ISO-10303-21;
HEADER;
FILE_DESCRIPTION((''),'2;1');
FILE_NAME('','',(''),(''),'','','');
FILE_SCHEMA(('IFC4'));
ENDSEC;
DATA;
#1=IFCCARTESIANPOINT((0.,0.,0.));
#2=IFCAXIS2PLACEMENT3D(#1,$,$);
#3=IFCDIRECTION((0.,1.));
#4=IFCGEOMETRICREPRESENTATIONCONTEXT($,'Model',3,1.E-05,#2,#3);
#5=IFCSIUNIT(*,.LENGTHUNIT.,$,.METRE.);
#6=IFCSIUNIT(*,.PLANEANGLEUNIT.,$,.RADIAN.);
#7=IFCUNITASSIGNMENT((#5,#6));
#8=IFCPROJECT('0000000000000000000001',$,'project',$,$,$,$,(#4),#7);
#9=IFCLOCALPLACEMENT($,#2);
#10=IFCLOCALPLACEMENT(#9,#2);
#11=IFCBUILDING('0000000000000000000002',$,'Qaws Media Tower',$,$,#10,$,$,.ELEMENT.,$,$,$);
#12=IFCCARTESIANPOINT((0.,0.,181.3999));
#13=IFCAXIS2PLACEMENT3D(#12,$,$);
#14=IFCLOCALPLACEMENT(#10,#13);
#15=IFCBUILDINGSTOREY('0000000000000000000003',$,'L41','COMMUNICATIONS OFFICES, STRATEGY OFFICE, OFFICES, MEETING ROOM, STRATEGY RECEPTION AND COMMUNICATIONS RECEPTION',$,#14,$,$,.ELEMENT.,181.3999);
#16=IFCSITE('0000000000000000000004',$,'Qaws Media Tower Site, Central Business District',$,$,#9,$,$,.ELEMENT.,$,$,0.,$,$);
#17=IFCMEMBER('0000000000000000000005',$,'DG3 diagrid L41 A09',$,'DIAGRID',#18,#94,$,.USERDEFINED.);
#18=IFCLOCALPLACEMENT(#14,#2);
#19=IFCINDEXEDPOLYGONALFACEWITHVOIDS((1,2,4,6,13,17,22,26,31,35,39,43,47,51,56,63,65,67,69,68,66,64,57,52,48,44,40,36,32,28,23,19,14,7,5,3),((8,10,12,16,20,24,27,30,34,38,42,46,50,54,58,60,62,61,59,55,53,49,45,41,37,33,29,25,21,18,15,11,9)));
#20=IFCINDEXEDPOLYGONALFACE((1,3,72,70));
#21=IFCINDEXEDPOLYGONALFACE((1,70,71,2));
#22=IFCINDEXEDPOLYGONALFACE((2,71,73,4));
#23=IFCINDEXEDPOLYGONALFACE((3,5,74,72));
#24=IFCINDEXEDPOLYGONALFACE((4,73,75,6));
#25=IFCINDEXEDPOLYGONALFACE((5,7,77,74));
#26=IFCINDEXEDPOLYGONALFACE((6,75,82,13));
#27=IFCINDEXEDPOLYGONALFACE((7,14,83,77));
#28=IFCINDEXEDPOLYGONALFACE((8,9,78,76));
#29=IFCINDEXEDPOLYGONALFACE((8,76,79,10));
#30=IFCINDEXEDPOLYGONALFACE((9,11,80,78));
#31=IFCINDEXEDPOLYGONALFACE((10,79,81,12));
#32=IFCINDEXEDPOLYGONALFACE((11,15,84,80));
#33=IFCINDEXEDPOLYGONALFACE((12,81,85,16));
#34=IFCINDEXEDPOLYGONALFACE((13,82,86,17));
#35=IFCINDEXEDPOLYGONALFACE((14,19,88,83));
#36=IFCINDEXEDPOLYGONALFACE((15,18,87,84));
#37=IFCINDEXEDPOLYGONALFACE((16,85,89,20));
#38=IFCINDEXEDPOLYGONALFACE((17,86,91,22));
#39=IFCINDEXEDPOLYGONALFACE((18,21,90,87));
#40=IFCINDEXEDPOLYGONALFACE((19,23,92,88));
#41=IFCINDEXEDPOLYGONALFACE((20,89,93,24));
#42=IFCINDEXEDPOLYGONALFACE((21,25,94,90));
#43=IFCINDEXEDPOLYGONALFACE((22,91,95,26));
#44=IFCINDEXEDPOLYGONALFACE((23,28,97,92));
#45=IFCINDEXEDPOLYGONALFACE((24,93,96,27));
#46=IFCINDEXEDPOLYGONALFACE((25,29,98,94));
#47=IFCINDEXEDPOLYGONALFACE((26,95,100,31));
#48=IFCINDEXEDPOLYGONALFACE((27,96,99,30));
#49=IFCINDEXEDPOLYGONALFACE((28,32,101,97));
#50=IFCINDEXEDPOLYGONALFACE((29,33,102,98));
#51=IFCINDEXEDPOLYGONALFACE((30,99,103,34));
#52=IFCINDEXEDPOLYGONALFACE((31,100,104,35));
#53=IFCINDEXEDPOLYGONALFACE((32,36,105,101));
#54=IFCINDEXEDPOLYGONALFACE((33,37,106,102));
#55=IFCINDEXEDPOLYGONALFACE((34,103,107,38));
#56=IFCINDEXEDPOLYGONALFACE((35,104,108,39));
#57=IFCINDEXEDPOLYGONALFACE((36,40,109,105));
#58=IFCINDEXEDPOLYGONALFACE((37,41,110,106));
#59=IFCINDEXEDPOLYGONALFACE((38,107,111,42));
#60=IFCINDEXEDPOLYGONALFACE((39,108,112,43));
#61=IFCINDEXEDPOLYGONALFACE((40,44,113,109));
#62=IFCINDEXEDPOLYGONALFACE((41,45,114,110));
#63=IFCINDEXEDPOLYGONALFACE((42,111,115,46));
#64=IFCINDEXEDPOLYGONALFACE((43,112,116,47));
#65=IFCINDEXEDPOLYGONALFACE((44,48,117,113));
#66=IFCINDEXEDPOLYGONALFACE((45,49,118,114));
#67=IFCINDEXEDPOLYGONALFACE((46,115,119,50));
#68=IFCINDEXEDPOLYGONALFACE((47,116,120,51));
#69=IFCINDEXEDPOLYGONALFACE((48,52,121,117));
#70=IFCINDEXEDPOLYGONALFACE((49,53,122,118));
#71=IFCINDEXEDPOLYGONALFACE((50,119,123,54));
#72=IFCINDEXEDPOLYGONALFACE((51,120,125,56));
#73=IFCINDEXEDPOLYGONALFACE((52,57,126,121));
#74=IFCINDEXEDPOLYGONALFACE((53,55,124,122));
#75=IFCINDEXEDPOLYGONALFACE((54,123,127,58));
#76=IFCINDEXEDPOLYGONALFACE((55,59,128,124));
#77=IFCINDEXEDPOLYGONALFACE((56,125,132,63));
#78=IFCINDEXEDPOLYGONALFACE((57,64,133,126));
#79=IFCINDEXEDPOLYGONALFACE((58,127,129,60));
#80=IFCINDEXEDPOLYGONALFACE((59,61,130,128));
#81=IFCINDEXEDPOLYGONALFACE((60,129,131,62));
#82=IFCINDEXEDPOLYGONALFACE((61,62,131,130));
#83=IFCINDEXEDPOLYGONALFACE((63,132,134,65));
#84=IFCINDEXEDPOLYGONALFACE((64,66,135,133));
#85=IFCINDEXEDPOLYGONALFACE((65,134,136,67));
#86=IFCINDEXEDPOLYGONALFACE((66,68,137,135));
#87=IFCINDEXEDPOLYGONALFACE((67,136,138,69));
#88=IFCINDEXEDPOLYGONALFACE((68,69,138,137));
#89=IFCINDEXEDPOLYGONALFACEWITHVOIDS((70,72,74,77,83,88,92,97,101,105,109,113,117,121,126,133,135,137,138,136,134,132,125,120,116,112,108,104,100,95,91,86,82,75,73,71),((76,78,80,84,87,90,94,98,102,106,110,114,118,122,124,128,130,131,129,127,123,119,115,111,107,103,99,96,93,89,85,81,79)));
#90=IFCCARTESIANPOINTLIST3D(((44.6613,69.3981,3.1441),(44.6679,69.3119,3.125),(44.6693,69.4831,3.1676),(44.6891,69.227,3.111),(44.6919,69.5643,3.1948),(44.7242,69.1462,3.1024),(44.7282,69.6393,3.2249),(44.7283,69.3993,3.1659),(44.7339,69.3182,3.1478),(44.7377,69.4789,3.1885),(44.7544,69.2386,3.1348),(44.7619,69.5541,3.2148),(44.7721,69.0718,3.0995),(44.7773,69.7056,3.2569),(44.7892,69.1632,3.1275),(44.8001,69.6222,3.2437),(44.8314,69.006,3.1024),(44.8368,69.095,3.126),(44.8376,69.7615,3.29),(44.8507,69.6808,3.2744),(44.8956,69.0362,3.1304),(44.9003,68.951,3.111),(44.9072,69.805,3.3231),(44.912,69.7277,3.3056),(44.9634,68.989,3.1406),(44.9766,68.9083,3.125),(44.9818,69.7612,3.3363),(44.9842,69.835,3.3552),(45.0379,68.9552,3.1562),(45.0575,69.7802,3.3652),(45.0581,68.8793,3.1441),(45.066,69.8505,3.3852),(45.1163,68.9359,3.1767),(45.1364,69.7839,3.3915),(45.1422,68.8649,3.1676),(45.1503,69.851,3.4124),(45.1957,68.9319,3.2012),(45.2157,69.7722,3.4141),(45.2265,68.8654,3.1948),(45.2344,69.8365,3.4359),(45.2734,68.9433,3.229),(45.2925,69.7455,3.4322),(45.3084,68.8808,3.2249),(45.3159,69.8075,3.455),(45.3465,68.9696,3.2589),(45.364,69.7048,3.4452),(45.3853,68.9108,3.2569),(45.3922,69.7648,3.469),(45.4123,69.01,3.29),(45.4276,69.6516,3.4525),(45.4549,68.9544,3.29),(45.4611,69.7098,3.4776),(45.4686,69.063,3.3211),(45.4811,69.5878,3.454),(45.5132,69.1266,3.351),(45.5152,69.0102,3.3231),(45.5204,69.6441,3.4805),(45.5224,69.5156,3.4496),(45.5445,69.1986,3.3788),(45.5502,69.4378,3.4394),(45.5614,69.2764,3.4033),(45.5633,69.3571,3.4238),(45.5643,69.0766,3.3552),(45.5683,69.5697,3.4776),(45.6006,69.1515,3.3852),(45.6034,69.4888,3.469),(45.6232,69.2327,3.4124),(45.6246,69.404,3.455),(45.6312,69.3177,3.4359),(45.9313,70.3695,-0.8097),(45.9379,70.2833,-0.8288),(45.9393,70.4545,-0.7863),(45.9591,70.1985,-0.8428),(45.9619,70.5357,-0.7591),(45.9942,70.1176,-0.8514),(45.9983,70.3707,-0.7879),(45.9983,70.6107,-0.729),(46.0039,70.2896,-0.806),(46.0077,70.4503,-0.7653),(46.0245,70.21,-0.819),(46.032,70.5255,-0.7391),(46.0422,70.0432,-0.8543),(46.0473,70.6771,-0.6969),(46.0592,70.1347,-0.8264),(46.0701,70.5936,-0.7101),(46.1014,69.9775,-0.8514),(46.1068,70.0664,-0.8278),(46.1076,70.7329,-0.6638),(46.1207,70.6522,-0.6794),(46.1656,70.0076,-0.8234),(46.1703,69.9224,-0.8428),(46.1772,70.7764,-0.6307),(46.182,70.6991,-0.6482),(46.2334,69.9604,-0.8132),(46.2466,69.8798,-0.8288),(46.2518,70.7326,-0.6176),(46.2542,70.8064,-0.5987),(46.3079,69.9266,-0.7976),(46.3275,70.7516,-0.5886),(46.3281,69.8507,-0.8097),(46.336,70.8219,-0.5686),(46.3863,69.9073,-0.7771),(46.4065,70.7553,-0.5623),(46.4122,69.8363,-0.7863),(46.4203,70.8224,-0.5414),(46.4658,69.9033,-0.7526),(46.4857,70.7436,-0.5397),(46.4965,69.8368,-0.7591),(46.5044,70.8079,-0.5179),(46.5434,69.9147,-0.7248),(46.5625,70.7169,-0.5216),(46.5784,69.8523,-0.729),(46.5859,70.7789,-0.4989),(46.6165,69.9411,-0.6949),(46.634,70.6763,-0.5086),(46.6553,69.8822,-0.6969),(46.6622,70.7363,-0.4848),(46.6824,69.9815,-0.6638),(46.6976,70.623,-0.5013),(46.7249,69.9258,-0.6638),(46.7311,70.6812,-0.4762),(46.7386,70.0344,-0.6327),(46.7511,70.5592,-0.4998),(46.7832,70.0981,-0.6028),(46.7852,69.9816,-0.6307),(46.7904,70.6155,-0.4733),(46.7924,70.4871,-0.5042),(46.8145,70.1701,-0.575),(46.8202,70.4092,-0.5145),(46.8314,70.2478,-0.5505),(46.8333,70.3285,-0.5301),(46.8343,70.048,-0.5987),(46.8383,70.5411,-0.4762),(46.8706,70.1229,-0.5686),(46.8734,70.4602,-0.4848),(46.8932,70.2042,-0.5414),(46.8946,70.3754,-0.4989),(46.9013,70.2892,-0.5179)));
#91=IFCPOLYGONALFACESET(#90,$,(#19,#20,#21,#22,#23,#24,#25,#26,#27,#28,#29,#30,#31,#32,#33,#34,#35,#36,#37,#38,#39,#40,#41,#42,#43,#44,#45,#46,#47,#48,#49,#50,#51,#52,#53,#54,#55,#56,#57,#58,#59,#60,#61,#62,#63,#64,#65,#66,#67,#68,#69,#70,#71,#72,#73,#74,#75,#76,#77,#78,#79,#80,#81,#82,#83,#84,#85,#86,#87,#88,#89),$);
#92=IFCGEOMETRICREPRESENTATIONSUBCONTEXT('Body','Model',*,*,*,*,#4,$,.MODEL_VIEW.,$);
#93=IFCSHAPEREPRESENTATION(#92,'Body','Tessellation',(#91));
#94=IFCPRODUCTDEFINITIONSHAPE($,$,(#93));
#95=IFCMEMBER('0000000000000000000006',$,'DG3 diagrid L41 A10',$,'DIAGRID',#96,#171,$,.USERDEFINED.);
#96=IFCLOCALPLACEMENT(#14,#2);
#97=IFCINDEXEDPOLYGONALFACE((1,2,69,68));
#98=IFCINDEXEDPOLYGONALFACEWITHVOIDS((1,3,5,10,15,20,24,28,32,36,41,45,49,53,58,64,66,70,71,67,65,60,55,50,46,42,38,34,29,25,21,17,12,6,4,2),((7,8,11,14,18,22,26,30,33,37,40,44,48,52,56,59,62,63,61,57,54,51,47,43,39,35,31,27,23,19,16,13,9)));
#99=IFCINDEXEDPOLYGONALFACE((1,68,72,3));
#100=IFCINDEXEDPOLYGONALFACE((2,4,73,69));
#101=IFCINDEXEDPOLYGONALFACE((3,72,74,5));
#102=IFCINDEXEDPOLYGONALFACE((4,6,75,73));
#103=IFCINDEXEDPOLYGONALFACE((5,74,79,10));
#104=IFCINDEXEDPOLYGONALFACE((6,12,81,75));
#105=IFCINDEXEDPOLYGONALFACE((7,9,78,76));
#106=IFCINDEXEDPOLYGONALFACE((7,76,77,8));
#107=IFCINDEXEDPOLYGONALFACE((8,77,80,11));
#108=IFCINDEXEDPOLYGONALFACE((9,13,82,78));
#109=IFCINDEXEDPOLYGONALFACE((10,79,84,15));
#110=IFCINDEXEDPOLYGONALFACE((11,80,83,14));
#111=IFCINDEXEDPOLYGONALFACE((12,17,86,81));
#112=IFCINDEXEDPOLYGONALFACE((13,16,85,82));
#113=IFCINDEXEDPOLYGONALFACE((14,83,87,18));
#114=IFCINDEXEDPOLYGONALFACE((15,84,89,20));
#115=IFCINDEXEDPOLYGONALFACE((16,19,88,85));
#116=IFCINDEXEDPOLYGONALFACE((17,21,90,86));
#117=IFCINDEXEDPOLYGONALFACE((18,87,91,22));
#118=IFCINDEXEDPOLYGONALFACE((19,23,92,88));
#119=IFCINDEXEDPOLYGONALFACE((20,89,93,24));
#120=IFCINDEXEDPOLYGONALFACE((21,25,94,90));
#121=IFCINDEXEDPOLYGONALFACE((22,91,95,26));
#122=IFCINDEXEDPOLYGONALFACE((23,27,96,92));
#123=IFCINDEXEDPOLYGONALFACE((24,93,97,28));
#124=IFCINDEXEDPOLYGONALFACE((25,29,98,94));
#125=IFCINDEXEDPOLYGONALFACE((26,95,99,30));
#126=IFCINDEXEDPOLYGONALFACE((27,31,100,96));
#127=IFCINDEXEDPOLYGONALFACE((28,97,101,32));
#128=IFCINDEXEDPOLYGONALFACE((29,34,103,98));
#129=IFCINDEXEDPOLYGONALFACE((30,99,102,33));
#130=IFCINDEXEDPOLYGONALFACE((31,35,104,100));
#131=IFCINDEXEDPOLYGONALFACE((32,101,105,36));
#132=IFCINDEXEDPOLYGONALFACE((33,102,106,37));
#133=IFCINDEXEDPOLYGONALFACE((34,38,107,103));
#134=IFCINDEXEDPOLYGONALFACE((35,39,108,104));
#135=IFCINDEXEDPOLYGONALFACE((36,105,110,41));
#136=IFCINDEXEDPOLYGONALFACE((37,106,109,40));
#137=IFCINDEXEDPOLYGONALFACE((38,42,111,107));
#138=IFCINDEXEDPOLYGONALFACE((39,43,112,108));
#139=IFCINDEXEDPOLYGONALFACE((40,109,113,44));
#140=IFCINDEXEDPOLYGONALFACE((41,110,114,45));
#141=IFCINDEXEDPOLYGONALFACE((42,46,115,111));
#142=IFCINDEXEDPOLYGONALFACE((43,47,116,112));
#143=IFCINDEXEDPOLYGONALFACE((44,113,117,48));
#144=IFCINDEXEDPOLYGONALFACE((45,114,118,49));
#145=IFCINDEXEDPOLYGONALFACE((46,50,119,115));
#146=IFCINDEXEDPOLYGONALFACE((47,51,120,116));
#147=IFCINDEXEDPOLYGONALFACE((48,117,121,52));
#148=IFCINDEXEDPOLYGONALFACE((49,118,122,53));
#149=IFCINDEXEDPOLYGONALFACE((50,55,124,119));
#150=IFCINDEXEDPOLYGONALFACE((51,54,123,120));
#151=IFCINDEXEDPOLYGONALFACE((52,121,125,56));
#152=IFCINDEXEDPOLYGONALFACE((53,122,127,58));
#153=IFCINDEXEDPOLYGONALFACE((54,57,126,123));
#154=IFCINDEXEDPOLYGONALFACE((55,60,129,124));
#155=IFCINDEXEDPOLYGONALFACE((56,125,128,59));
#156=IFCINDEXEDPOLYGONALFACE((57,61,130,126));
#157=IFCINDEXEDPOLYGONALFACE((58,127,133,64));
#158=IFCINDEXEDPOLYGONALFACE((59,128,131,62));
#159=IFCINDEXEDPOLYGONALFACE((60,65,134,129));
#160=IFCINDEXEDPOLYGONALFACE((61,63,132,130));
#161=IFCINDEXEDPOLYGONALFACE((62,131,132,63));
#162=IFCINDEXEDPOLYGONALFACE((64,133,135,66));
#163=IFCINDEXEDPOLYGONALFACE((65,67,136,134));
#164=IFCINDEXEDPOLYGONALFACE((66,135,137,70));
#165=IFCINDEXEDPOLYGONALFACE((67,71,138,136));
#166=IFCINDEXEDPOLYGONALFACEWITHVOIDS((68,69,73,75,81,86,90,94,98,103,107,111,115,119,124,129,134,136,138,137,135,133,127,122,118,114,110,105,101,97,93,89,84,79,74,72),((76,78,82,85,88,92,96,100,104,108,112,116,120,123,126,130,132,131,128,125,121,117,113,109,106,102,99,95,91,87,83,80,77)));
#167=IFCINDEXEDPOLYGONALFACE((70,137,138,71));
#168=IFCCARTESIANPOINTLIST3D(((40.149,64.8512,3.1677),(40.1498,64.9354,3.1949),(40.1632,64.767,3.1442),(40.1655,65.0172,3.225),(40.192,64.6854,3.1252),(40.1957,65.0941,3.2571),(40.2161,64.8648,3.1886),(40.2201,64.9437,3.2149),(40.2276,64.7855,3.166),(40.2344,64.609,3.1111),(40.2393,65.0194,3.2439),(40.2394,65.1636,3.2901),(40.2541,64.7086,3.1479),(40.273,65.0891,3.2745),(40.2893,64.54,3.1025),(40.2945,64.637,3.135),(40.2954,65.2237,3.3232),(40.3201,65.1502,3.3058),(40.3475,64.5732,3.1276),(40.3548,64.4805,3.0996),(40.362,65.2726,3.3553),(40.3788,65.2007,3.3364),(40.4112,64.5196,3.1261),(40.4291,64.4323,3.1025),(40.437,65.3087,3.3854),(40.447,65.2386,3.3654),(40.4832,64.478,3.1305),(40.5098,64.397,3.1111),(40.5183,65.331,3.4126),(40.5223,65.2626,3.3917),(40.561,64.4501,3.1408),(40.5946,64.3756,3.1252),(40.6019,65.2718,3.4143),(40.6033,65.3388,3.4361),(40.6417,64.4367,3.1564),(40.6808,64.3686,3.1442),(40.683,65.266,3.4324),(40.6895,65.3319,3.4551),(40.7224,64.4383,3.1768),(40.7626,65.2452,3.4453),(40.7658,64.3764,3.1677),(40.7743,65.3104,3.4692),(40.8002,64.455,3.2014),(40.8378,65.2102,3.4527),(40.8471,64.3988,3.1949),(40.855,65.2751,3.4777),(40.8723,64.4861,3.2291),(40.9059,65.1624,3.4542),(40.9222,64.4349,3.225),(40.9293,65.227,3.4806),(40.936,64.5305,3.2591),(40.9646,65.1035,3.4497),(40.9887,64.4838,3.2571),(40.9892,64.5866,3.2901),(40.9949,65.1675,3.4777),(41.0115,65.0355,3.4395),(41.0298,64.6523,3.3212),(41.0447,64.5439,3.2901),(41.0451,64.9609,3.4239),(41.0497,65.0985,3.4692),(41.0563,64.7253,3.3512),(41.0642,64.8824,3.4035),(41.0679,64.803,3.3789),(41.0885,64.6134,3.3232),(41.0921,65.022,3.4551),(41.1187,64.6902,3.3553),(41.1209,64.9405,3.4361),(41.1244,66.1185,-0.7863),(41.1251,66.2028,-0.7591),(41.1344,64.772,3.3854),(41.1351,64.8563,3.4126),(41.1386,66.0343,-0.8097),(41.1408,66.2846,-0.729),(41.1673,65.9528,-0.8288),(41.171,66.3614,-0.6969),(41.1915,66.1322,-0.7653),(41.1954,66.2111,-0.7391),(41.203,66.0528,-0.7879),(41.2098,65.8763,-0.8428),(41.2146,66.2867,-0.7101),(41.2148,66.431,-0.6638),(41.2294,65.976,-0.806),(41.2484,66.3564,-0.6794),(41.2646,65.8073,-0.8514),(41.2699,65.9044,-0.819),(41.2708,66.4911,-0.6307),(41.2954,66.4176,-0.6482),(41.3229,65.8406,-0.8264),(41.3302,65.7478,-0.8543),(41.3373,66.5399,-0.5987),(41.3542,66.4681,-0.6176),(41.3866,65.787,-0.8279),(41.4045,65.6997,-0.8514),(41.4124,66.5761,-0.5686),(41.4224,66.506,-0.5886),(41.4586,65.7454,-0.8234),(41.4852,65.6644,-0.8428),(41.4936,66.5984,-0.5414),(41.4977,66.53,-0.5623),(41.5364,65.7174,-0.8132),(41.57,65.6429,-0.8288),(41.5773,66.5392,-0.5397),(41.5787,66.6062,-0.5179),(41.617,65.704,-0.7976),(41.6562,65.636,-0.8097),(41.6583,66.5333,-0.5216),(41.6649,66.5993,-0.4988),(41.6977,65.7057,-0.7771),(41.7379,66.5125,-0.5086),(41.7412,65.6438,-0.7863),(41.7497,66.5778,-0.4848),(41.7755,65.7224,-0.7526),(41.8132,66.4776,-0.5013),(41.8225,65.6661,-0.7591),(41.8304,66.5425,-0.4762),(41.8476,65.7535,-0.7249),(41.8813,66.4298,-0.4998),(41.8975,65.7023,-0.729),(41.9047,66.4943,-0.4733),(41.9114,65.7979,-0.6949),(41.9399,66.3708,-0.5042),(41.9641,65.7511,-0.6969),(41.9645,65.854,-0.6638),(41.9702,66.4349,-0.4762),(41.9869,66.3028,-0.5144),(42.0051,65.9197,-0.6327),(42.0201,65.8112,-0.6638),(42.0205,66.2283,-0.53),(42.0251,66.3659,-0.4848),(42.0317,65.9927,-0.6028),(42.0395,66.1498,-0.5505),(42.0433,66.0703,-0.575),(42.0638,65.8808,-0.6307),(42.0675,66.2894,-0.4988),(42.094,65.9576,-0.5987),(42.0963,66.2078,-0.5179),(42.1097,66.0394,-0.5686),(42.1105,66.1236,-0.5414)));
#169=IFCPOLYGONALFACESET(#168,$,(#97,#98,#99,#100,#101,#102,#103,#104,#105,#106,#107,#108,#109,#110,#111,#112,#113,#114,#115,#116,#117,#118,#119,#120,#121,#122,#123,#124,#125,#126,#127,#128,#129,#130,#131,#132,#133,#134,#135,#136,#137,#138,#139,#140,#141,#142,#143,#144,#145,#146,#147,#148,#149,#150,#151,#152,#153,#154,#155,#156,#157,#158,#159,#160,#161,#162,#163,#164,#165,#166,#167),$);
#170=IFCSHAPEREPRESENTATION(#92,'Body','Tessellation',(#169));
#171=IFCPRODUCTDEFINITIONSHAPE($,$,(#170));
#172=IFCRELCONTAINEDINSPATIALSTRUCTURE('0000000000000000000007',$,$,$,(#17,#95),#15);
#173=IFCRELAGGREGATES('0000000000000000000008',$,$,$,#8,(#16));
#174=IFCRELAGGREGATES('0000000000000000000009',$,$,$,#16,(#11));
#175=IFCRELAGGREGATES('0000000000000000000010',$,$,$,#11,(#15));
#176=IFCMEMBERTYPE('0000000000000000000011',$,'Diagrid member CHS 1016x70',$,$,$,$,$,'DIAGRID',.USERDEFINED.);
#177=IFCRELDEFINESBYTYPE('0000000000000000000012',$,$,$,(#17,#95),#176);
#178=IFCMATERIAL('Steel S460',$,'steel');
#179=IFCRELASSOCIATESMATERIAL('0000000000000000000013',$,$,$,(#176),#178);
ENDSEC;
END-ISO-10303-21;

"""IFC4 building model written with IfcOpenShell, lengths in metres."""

from ifc_helpers import new_model, si_unit, direction, frame, origin, origin_2d, place, context, subcontext, project, spatial, hollow_circle, extrude, material, material_profile, profile_set, type_object, element, save


model = new_model("IFC4")

# Units and contexts
model_context = context("Model", 3, precision=1e-05, world=origin(), true_north=direction((0.0, 1.0)))
body_context = subcontext(model_context, "Body", "Model", "MODEL_VIEW")
ifc_project = project(units=[si_unit("LENGTHUNIT", "METRE"), si_unit("PLANEANGLEUNIT", "RADIAN")], contexts=[model_context])

# Site, building, storey
site_placement = place(None, origin())
site = spatial("IfcSite", under=ifc_project, at=site_placement, Name="Qaws Media Tower Site, Central Business District", CompositionType="ELEMENT", RefElevation=0.0)
building_placement = place(site_placement, origin())
building = spatial("IfcBuilding", under=site, at=building_placement, Name="Qaws Media Tower", CompositionType="ELEMENT")
storey_placement = place(building_placement, frame((0.0, 0.0, 181.3999)))
storey = spatial("IfcBuildingStorey", under=building, at=storey_placement, Name="L41", Description="COMMUNICATIONS OFFICES, STRATEGY OFFICE, OFFICES, MEETING ROOM, STRATEGY RECEPTION AND COMMUNICATIONS RECEPTION", CompositionType="ELEMENT", Elevation=181.3999)

# Members
ifc_material_1 = material(Name="Steel S460", Category="steel")
ifc_material_profile_1 = material_profile(ifc_material_1, hollow_circle(Radius=0.5081, WallThickness=0.0701, at=origin_2d()), Name="CHS 1016x70")
ifc_profile_set_1 = profile_set([ifc_material_profile_1], Name="Steel S460")
member_type_1 = type_object("IfcMemberType", Name="Diagrid member CHS 1016x70", ElementType="DIAGRID", PredefinedType="USERDEFINED", material=ifc_profile_set_1)
member_1_placement = place(storey_placement, frame((46.4163, 70.3293, -0.6638), z_axis=(-0.297782, -0.227773, 0.927063), x_axis=(0.607546, -0.794284, 0.0)))
element("IfcMember", 1, at=member_1_placement, inside=storey, type_object=member_type_1, Name="DG3 diagrid L41 A09", ObjectType="DIAGRID", PredefinedType="USERDEFINED", context=body_context, shape_type="SweptSolid", body=[
    extrude(hollow_circle(Radius=0.5081, WallThickness=0.0701, at=origin_2d()), origin(), (0.0, 0.0, 1.0), 4.2649),
])
for number, where, z_axis, x_axis, name in (
    (2, (41.6174, 66.1211, -0.6638), (-0.228684, -0.297146, 0.927043), (0.792482, -0.609895, 0.0), "DG3 diagrid L41 A10"),
):
    element("IfcMember", number, at=place(storey_placement, frame(where, z_axis=z_axis, x_axis=x_axis)), inside=storey, type_object=member_type_1, Name=name, ObjectType="DIAGRID", PredefinedType="USERDEFINED", context=body_context, shape_type="SweptSolid", body=[
        extrude(hollow_circle(Radius=0.5081, WallThickness=0.0701, at=origin_2d()), origin(), (0.0, 0.0, 1.0), 4.2651),
    ])

save(model, "model.ifc")
